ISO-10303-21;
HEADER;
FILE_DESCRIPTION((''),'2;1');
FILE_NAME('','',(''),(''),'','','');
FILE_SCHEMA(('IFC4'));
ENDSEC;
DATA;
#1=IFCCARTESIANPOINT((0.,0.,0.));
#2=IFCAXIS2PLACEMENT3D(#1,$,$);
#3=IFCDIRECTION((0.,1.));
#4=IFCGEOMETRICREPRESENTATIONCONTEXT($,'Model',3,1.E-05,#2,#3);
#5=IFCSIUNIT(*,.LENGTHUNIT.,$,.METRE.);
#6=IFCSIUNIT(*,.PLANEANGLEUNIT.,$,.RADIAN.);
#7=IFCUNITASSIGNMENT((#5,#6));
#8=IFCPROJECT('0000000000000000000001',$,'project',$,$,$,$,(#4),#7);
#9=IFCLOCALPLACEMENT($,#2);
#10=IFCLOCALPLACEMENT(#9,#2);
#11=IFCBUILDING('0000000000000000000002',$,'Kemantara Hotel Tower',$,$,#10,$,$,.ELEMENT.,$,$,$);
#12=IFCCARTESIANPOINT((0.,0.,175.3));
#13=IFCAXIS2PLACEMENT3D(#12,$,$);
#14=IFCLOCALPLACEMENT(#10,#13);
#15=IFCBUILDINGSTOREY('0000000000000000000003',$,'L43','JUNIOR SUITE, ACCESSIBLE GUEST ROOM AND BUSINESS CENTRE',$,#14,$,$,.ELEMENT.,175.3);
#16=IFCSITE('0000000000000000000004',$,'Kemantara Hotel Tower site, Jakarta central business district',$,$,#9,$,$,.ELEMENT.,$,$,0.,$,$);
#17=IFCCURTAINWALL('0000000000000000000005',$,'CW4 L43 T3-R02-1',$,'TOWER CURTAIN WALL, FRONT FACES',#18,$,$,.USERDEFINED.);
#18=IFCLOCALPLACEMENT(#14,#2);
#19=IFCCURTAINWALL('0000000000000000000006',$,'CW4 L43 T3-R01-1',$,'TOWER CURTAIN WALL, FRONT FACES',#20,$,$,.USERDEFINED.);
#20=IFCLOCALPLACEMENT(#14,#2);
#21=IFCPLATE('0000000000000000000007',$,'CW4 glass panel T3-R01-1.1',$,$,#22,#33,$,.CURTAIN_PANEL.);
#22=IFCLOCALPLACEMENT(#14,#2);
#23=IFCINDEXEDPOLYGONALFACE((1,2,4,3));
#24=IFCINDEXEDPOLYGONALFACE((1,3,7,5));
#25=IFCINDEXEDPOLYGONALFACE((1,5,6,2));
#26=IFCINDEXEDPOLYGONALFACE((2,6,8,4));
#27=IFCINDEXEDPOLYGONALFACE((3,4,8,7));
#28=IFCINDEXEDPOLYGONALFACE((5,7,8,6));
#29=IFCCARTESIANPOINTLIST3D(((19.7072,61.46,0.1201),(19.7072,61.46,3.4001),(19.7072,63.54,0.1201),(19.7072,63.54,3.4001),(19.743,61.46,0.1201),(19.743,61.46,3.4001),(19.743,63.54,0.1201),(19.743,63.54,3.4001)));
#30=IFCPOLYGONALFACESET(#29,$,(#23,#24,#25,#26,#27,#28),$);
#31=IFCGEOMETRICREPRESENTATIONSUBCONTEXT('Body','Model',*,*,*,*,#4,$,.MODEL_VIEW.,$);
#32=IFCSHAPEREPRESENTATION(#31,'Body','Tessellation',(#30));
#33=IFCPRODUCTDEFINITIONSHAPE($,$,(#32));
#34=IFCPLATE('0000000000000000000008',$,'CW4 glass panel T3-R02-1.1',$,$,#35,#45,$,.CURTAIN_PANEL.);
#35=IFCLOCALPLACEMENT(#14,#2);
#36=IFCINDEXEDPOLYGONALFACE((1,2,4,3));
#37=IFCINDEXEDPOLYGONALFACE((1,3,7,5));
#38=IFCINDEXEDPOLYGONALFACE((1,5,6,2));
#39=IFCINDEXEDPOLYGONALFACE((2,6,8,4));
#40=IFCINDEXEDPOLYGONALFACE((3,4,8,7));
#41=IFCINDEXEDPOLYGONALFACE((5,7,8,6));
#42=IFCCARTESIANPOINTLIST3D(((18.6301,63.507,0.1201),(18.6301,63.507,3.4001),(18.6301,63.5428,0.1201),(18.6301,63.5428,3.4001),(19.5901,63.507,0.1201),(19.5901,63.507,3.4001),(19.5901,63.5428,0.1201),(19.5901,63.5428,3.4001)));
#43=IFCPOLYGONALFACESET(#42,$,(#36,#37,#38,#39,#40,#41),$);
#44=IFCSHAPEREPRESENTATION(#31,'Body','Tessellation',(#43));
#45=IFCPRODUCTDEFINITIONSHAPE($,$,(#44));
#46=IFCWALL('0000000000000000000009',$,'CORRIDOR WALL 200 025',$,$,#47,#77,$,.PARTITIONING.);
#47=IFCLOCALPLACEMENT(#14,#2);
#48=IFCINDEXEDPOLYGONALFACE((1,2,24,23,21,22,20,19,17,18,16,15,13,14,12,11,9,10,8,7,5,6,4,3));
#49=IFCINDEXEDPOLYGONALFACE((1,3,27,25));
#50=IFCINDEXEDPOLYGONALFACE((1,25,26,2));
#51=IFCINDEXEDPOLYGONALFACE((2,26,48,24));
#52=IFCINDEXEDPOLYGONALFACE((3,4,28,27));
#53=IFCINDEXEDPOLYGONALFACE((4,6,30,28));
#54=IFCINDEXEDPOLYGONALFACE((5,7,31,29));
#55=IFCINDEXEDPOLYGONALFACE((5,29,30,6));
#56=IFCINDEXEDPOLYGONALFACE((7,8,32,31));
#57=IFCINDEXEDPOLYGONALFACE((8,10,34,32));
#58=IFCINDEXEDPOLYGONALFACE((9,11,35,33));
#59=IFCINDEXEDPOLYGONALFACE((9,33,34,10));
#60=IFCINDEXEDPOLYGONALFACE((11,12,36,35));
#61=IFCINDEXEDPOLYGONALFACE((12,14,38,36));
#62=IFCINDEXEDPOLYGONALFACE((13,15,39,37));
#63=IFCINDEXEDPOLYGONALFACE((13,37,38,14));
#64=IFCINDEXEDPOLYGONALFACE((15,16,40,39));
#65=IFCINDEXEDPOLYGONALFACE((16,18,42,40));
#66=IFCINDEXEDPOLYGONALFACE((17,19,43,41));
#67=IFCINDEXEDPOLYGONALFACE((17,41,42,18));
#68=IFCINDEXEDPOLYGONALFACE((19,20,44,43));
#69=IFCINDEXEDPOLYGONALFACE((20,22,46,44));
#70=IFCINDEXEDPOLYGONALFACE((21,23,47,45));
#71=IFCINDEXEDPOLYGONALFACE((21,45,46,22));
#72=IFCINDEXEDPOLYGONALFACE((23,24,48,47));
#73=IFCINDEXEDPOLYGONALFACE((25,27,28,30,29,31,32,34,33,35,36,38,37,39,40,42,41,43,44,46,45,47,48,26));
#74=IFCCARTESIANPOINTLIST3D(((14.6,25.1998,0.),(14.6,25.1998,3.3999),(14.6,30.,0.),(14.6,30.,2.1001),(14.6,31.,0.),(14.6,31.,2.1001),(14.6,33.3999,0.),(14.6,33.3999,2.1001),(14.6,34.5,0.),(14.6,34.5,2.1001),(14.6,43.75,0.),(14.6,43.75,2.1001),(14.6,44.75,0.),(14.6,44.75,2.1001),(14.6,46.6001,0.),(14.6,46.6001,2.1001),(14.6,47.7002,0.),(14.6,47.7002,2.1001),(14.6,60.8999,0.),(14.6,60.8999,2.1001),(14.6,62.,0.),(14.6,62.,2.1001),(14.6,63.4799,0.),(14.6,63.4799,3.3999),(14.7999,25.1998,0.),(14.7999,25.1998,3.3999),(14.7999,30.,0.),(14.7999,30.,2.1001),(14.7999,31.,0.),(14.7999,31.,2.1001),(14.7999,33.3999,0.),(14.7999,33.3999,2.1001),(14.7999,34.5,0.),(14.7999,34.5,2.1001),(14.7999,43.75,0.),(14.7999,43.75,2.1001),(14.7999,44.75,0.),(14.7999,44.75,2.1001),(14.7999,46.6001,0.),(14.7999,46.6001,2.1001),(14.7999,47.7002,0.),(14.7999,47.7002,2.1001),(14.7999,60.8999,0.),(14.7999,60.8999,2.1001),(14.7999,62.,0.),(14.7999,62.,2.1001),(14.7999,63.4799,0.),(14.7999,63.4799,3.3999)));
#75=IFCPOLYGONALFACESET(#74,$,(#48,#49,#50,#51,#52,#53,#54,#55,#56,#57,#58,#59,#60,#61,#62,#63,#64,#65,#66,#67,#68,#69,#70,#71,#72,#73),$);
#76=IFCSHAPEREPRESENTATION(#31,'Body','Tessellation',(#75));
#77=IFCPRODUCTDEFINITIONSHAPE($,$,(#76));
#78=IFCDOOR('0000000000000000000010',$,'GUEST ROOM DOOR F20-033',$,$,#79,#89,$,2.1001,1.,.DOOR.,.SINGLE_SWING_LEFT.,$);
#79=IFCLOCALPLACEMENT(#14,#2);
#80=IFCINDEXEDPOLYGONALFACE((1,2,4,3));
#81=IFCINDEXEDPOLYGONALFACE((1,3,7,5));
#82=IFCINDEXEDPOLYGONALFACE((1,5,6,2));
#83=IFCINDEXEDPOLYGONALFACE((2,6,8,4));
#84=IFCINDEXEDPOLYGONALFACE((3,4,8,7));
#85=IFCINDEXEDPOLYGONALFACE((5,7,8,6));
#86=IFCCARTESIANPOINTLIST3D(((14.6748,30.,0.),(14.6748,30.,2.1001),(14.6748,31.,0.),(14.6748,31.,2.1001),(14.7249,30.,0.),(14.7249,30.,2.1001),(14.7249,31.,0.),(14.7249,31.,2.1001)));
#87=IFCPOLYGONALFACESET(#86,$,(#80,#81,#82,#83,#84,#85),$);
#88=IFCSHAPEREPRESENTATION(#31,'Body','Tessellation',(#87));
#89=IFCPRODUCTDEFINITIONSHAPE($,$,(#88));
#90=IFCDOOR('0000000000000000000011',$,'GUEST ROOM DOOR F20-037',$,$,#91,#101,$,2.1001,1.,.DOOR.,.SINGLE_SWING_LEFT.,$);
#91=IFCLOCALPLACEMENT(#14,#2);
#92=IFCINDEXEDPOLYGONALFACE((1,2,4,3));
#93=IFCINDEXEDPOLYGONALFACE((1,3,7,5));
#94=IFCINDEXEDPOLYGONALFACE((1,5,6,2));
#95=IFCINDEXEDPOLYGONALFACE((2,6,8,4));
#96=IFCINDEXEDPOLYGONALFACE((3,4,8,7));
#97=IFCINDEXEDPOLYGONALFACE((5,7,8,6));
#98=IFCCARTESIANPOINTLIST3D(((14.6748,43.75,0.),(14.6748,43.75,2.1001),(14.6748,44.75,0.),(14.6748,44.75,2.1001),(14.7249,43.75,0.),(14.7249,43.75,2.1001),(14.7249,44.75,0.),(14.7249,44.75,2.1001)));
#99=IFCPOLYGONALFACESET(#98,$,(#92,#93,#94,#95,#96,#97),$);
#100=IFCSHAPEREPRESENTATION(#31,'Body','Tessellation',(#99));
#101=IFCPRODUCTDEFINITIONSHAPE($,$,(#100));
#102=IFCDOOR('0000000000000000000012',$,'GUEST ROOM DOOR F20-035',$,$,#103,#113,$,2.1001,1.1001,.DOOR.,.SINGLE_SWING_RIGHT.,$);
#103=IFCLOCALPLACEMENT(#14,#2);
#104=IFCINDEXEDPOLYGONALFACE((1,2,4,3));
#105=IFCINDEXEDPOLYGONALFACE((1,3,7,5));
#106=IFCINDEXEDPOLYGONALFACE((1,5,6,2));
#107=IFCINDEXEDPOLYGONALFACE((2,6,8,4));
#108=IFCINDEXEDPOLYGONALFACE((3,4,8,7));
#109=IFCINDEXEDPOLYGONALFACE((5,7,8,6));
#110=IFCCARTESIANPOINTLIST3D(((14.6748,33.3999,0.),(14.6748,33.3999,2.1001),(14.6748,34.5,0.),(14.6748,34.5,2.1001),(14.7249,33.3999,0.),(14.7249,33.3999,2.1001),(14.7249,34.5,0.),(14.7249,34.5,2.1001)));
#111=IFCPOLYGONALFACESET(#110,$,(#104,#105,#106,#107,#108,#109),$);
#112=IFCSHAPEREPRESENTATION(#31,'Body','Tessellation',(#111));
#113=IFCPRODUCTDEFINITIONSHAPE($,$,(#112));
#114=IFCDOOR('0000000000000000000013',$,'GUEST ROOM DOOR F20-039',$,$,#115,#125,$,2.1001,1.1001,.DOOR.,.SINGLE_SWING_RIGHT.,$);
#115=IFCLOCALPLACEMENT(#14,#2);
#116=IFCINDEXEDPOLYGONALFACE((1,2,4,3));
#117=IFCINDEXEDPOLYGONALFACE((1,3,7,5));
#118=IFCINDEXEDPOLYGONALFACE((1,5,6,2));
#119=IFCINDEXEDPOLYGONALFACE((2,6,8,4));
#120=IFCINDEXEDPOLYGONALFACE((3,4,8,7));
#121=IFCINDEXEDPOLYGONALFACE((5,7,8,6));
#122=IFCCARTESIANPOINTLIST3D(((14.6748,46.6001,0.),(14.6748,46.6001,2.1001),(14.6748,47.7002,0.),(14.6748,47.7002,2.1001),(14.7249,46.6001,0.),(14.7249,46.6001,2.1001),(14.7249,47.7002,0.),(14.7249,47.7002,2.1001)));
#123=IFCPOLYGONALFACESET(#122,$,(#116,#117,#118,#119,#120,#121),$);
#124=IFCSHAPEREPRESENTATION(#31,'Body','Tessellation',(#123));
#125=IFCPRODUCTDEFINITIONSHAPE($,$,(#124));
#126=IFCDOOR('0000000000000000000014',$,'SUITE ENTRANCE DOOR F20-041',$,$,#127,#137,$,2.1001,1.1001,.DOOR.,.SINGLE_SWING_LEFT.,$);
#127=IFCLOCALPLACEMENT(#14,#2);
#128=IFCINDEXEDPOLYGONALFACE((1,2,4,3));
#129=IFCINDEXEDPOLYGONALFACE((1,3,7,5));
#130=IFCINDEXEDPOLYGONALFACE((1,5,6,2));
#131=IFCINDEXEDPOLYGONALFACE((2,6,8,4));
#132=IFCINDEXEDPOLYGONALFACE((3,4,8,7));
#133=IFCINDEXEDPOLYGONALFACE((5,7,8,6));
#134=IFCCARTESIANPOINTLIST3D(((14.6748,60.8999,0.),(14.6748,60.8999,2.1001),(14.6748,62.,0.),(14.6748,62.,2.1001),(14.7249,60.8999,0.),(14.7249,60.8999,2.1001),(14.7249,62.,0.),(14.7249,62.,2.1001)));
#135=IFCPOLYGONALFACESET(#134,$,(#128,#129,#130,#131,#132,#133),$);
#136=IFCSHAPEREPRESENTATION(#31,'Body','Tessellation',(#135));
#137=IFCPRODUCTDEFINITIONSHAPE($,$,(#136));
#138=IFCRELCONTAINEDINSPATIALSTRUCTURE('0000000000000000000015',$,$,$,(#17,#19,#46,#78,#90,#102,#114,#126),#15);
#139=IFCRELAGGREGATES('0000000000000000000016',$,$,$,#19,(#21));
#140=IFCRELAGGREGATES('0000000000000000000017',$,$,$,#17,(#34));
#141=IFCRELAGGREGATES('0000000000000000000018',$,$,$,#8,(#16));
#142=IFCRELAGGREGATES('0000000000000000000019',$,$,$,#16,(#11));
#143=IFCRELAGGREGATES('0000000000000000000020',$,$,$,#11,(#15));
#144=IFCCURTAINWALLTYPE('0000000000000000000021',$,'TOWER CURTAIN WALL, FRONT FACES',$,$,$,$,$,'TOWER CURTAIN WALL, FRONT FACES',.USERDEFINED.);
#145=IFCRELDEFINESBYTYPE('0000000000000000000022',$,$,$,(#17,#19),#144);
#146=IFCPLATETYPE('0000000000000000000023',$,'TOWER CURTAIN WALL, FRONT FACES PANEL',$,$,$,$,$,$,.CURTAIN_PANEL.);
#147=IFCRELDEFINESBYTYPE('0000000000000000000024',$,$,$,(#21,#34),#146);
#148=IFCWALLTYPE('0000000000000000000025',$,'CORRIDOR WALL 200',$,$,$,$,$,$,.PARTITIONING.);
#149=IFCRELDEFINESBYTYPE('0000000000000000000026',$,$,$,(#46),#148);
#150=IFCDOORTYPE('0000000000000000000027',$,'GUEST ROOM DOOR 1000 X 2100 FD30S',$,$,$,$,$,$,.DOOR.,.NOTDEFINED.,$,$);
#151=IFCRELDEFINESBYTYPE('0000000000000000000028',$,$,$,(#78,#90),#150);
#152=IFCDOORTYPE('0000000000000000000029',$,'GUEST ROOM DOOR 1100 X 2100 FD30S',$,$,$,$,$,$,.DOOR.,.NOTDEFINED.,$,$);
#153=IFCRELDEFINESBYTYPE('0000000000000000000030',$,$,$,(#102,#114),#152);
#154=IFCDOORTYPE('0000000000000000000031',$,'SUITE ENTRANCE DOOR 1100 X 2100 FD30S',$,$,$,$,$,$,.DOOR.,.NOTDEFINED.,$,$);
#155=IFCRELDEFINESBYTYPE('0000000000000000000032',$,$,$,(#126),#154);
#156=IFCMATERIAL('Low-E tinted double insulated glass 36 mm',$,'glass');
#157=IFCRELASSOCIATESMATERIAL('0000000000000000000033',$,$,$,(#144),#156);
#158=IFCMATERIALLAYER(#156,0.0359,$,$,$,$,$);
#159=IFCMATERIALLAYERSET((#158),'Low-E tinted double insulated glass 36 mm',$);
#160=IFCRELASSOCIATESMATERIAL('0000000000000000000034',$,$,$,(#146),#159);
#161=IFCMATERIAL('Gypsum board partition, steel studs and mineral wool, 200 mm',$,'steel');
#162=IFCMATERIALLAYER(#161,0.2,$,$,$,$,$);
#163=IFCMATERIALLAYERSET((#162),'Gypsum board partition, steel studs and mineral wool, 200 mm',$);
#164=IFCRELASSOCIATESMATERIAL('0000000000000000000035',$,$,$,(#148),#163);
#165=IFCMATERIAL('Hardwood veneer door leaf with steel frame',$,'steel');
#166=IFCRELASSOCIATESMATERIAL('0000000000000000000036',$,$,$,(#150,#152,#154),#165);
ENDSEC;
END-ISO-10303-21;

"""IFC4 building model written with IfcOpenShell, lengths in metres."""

from ifc_helpers import new_model, si_unit, direction, frame, frame_2d, origin, origin_2d, place, context, subcontext, project, spatial, rectangle, extrude, source, transform, mapped, material, layer, layer_set, type_object, element, fill, aggregate, save


model = new_model("IFC4")

# Units and contexts
model_context = context("Model", 3, precision=1e-05, world=origin(), true_north=direction((0.0, 1.0)))
body_context = subcontext(model_context, "Body", "Model", "MODEL_VIEW")
ifc_project = project(units=[si_unit("LENGTHUNIT", "METRE"), si_unit("PLANEANGLEUNIT", "RADIAN")], contexts=[model_context])

# Site, building, storey
site_placement = place(None, origin())
site = spatial("IfcSite", under=ifc_project, at=site_placement, Name="Kemantara Hotel Tower site, Jakarta central business district", CompositionType="ELEMENT", RefElevation=0.0)
building_placement = place(site_placement, origin())
building = spatial("IfcBuilding", under=site, at=building_placement, Name="Kemantara Hotel Tower", CompositionType="ELEMENT")
storey_placement = place(building_placement, frame((0.0, 0.0, 175.3)))
storey = spatial("IfcBuildingStorey", under=building, at=storey_placement, Name="L43", Description="JUNIOR SUITE, ACCESSIBLE GUEST ROOM AND BUSINESS CENTRE", CompositionType="ELEMENT", Elevation=175.3)

# Curtain walls
ifc_material_1 = material(Name="Low-E tinted double insulated glass 36 mm", Category="glass")
curtain_wall_type = type_object("IfcCurtainWallType", Name="TOWER CURTAIN WALL, FRONT FACES", ElementType="TOWER CURTAIN WALL, FRONT FACES", PredefinedType="USERDEFINED", material=ifc_material_1)
curtain_wall_1_placement = place(storey_placement, origin())
curtain_wall_1 = element("IfcCurtainWall", 1, at=curtain_wall_1_placement, inside=storey, type_object=curtain_wall_type, Name="CW4 L43 T3-R02-1", ObjectType="TOWER CURTAIN WALL, FRONT FACES", PredefinedType="USERDEFINED")
curtain_wall_2_placement = place(storey_placement, origin())
curtain_wall_2 = element("IfcCurtainWall", 2, at=curtain_wall_2_placement, inside=storey, type_object=curtain_wall_type, Name="CW4 L43 T3-R01-1", ObjectType="TOWER CURTAIN WALL, FRONT FACES", PredefinedType="USERDEFINED")

# Plates
ifc_layer_1 = layer(ifc_material_1, 0.0359)
ifc_layer_set_1 = layer_set([ifc_layer_1], Name="Low-E tinted double insulated glass 36 mm")
plate_type = type_object("IfcPlateType", Name="TOWER CURTAIN WALL, FRONT FACES PANEL", PredefinedType="CURTAIN_PANEL", material=ifc_layer_set_1)
shared_shape_1 = source(origin(), body_context, "Body", "SweptSolid", [
    extrude(rectangle(XDim=2.0801, YDim=0.0359, at=origin_2d()), origin(), (0.0, 0.0, 1.0), 3.28),
])
plate_1_placement = place(storey_placement, frame((19.7251, 62.5, 0.1201), z_axis=(0.0, 0.0, 1.0), x_axis=(0.0, 1.0, 0.0)))
plate_1 = element("IfcPlate", 3, at=plate_1_placement, type_object=plate_type, Name="CW4 glass panel T3-R01-1.1", PredefinedType="CURTAIN_PANEL", context=body_context, shape_type="MappedRepresentation", body=[
    mapped(shared_shape_1, transform((0.0, 0.0, 0.0))),
])
aggregate(curtain_wall_2, [plate_1])
shared_shape_2 = source(origin(), body_context, "Body", "SweptSolid", [
    extrude(rectangle(XDim=0.96, YDim=0.0359, at=origin_2d()), origin(), (0.0, 0.0, 1.0), 3.28),
])
plate_2_placement = place(storey_placement, frame((19.1101, 63.5249, 0.1201), z_axis=(0.0, 0.0, 1.0), x_axis=(-1.0, 0.0, 0.0)))
plate_2 = element("IfcPlate", 4, at=plate_2_placement, type_object=plate_type, Name="CW4 glass panel T3-R02-1.1", PredefinedType="CURTAIN_PANEL", context=body_context, shape_type="MappedRepresentation", body=[
    mapped(shared_shape_2, transform((0.0, 0.0, 0.0))),
])
aggregate(curtain_wall_1, [plate_2])

# Wall, openings, doors
ifc_material_2 = material(Name="Gypsum board partition, steel studs and mineral wool, 200 mm", Category="steel")
ifc_layer_2 = layer(ifc_material_2, 0.2)
ifc_layer_set_2 = layer_set([ifc_layer_2], Name="Gypsum board partition, steel studs and mineral wool, 200 mm")
wall_type = type_object("IfcWallType", Name="CORRIDOR WALL 200", PredefinedType="PARTITIONING", material=ifc_layer_set_2)
wall_placement = place(storey_placement, frame((14.7, 63.48, 0.0), z_axis=(0.0, 0.0, 1.0), x_axis=(0.0, -1.0, 0.0)))
wall = element("IfcWall", 5, at=wall_placement, inside=storey, type_object=wall_type, Name="CORRIDOR WALL 200 025", PredefinedType="PARTITIONING", context=body_context, shape_type="SweptSolid", body=[
    extrude(rectangle(XDim=38.28, YDim=0.2, at=frame_2d((19.1401, 0.0))), origin(), (0.0, 0.0, 1.0), 3.3999),
])
opening_1_placement = place(wall_placement, frame((32.48, 0.0, 0.0)))
opening_1 = element("IfcOpeningElement", 6, at=opening_1_placement, cuts=wall, PredefinedType="OPENING", context=body_context, shape_type="SweptSolid", body=[
    extrude(rectangle(XDim=1.0, YDim=2.1001, at=frame_2d((0.5, 1.05))), frame((0.0, 0.1099, 0.0), z_axis=(0.0, -1.0, 0.0), x_axis=(1.0, 0.0, 0.0)), (0.0, 0.0, 1.0), 0.22),
])
opening_2_placement = place(wall_placement, frame((28.98, 0.0, 0.0)))
opening_2 = element("IfcOpeningElement", 7, at=opening_2_placement, cuts=wall, PredefinedType="OPENING", context=body_context, shape_type="SweptSolid", body=[
    extrude(rectangle(XDim=1.1001, YDim=2.1001, at=frame_2d((0.55, 1.05))), frame((0.0, 0.1099, 0.0), z_axis=(0.0, -1.0, 0.0), x_axis=(1.0, 0.0, 0.0)), (0.0, 0.0, 1.0), 0.22),
])
opening_3_placement = place(wall_placement, frame((18.73, 0.0, 0.0)))
opening_3 = element("IfcOpeningElement", 8, at=opening_3_placement, cuts=wall, PredefinedType="OPENING", context=body_context, shape_type="SweptSolid", body=[
    extrude(rectangle(XDim=1.0, YDim=2.1001, at=frame_2d((0.5, 1.05))), frame((0.0, 0.1099, 0.0), z_axis=(0.0, -1.0, 0.0), x_axis=(1.0, 0.0, 0.0)), (0.0, 0.0, 1.0), 0.22),
])
opening_4_placement = place(wall_placement, frame((15.7798, 0.0, 0.0)))
opening_4 = element("IfcOpeningElement", 9, at=opening_4_placement, cuts=wall, PredefinedType="OPENING", context=body_context, shape_type="SweptSolid", body=[
    extrude(rectangle(XDim=1.1001, YDim=2.1001, at=frame_2d((0.55, 1.05))), frame((0.0, 0.1099, 0.0), z_axis=(0.0, -1.0, 0.0), x_axis=(1.0, 0.0, 0.0)), (0.0, 0.0, 1.0), 0.22),
])
opening_5_placement = place(wall_placement, frame((1.48, 0.0, 0.0)))
opening_5 = element("IfcOpeningElement", 10, at=opening_5_placement, cuts=wall, PredefinedType="OPENING", context=body_context, shape_type="SweptSolid", body=[
    extrude(rectangle(XDim=1.1001, YDim=2.1001, at=frame_2d((0.55, 1.05))), frame((0.0, 0.1099, 0.0), z_axis=(0.0, -1.0, 0.0), x_axis=(1.0, 0.0, 0.0)), (0.0, 0.0, 1.0), 0.22),
])
ifc_material_3 = material(Name="Hardwood veneer door leaf with steel frame", Category="steel")
door_type_1 = type_object("IfcDoorType", Name="GUEST ROOM DOOR 1000 X 2100 FD30S", OperationType="NOTDEFINED", PredefinedType="DOOR", material=ifc_material_3)
door_1_placement = place(opening_1_placement, origin())
door_1 = element("IfcDoor", 11, at=door_1_placement, inside=storey, type_object=door_type_1, Name="GUEST ROOM DOOR F20-033", OperationType="SINGLE_SWING_LEFT", OverallHeight=2.1001, OverallWidth=1.0, PredefinedType="DOOR", context=body_context, shape_type="SweptSolid", body=[
    extrude(rectangle(XDim=1.0, YDim=2.1001, at=frame_2d((0.5, 1.05))), frame((0.0, 0.0249, 0.0), z_axis=(0.0, -1.0, 0.0), x_axis=(1.0, 0.0, 0.0)), (0.0, 0.0, 1.0), 0.05),
])
fill(opening_1, door_1)
door_2_placement = place(opening_3_placement, origin())
door_2 = element("IfcDoor", 12, at=door_2_placement, inside=storey, type_object=door_type_1, Name="GUEST ROOM DOOR F20-037", OperationType="SINGLE_SWING_LEFT", OverallHeight=2.1001, OverallWidth=1.0, PredefinedType="DOOR", context=body_context, shape_type="SweptSolid", body=[
    extrude(rectangle(XDim=1.0, YDim=2.1001, at=frame_2d((0.5, 1.05))), frame((0.0, 0.0249, 0.0), z_axis=(0.0, -1.0, 0.0), x_axis=(1.0, 0.0, 0.0)), (0.0, 0.0, 1.0), 0.05),
])
fill(opening_3, door_2)
door_type_2 = type_object("IfcDoorType", Name="GUEST ROOM DOOR 1100 X 2100 FD30S", OperationType="NOTDEFINED", PredefinedType="DOOR", material=ifc_material_3)
door_3_placement = place(opening_2_placement, origin())
door_3 = element("IfcDoor", 13, at=door_3_placement, inside=storey, type_object=door_type_2, Name="GUEST ROOM DOOR F20-035", OperationType="SINGLE_SWING_RIGHT", OverallHeight=2.1001, OverallWidth=1.1001, PredefinedType="DOOR", context=body_context, shape_type="SweptSolid", body=[
    extrude(rectangle(XDim=1.1001, YDim=2.1001, at=frame_2d((0.55, 1.05))), frame((0.0, 0.0249, 0.0), z_axis=(0.0, -1.0, 0.0), x_axis=(1.0, 0.0, 0.0)), (0.0, 0.0, 1.0), 0.05),
])
fill(opening_2, door_3)
door_4_placement = place(opening_4_placement, origin())
door_4 = element("IfcDoor", 14, at=door_4_placement, inside=storey, type_object=door_type_2, Name="GUEST ROOM DOOR F20-039", OperationType="SINGLE_SWING_RIGHT", OverallHeight=2.1001, OverallWidth=1.1001, PredefinedType="DOOR", context=body_context, shape_type="SweptSolid", body=[
    extrude(rectangle(XDim=1.1001, YDim=2.1001, at=frame_2d((0.55, 1.05))), frame((0.0, 0.0249, 0.0), z_axis=(0.0, -1.0, 0.0), x_axis=(1.0, 0.0, 0.0)), (0.0, 0.0, 1.0), 0.05),
])
fill(opening_4, door_4)
door_type_3 = type_object("IfcDoorType", Name="SUITE ENTRANCE DOOR 1100 X 2100 FD30S", OperationType="NOTDEFINED", PredefinedType="DOOR", material=ifc_material_3)
door_5_placement = place(opening_5_placement, origin())
door_5 = element("IfcDoor", 15, at=door_5_placement, inside=storey, type_object=door_type_3, Name="SUITE ENTRANCE DOOR F20-041", OperationType="SINGLE_SWING_LEFT", OverallHeight=2.1001, OverallWidth=1.1001, PredefinedType="DOOR", context=body_context, shape_type="SweptSolid", body=[
    extrude(rectangle(XDim=1.1001, YDim=2.1001, at=frame_2d((0.55, 1.05))), frame((0.0, 0.0249, 0.0), z_axis=(0.0, -1.0, 0.0), x_axis=(1.0, 0.0, 0.0)), (0.0, 0.0, 1.0), 0.05),
])
fill(opening_5, door_5)

save(model, "model.ifc")
